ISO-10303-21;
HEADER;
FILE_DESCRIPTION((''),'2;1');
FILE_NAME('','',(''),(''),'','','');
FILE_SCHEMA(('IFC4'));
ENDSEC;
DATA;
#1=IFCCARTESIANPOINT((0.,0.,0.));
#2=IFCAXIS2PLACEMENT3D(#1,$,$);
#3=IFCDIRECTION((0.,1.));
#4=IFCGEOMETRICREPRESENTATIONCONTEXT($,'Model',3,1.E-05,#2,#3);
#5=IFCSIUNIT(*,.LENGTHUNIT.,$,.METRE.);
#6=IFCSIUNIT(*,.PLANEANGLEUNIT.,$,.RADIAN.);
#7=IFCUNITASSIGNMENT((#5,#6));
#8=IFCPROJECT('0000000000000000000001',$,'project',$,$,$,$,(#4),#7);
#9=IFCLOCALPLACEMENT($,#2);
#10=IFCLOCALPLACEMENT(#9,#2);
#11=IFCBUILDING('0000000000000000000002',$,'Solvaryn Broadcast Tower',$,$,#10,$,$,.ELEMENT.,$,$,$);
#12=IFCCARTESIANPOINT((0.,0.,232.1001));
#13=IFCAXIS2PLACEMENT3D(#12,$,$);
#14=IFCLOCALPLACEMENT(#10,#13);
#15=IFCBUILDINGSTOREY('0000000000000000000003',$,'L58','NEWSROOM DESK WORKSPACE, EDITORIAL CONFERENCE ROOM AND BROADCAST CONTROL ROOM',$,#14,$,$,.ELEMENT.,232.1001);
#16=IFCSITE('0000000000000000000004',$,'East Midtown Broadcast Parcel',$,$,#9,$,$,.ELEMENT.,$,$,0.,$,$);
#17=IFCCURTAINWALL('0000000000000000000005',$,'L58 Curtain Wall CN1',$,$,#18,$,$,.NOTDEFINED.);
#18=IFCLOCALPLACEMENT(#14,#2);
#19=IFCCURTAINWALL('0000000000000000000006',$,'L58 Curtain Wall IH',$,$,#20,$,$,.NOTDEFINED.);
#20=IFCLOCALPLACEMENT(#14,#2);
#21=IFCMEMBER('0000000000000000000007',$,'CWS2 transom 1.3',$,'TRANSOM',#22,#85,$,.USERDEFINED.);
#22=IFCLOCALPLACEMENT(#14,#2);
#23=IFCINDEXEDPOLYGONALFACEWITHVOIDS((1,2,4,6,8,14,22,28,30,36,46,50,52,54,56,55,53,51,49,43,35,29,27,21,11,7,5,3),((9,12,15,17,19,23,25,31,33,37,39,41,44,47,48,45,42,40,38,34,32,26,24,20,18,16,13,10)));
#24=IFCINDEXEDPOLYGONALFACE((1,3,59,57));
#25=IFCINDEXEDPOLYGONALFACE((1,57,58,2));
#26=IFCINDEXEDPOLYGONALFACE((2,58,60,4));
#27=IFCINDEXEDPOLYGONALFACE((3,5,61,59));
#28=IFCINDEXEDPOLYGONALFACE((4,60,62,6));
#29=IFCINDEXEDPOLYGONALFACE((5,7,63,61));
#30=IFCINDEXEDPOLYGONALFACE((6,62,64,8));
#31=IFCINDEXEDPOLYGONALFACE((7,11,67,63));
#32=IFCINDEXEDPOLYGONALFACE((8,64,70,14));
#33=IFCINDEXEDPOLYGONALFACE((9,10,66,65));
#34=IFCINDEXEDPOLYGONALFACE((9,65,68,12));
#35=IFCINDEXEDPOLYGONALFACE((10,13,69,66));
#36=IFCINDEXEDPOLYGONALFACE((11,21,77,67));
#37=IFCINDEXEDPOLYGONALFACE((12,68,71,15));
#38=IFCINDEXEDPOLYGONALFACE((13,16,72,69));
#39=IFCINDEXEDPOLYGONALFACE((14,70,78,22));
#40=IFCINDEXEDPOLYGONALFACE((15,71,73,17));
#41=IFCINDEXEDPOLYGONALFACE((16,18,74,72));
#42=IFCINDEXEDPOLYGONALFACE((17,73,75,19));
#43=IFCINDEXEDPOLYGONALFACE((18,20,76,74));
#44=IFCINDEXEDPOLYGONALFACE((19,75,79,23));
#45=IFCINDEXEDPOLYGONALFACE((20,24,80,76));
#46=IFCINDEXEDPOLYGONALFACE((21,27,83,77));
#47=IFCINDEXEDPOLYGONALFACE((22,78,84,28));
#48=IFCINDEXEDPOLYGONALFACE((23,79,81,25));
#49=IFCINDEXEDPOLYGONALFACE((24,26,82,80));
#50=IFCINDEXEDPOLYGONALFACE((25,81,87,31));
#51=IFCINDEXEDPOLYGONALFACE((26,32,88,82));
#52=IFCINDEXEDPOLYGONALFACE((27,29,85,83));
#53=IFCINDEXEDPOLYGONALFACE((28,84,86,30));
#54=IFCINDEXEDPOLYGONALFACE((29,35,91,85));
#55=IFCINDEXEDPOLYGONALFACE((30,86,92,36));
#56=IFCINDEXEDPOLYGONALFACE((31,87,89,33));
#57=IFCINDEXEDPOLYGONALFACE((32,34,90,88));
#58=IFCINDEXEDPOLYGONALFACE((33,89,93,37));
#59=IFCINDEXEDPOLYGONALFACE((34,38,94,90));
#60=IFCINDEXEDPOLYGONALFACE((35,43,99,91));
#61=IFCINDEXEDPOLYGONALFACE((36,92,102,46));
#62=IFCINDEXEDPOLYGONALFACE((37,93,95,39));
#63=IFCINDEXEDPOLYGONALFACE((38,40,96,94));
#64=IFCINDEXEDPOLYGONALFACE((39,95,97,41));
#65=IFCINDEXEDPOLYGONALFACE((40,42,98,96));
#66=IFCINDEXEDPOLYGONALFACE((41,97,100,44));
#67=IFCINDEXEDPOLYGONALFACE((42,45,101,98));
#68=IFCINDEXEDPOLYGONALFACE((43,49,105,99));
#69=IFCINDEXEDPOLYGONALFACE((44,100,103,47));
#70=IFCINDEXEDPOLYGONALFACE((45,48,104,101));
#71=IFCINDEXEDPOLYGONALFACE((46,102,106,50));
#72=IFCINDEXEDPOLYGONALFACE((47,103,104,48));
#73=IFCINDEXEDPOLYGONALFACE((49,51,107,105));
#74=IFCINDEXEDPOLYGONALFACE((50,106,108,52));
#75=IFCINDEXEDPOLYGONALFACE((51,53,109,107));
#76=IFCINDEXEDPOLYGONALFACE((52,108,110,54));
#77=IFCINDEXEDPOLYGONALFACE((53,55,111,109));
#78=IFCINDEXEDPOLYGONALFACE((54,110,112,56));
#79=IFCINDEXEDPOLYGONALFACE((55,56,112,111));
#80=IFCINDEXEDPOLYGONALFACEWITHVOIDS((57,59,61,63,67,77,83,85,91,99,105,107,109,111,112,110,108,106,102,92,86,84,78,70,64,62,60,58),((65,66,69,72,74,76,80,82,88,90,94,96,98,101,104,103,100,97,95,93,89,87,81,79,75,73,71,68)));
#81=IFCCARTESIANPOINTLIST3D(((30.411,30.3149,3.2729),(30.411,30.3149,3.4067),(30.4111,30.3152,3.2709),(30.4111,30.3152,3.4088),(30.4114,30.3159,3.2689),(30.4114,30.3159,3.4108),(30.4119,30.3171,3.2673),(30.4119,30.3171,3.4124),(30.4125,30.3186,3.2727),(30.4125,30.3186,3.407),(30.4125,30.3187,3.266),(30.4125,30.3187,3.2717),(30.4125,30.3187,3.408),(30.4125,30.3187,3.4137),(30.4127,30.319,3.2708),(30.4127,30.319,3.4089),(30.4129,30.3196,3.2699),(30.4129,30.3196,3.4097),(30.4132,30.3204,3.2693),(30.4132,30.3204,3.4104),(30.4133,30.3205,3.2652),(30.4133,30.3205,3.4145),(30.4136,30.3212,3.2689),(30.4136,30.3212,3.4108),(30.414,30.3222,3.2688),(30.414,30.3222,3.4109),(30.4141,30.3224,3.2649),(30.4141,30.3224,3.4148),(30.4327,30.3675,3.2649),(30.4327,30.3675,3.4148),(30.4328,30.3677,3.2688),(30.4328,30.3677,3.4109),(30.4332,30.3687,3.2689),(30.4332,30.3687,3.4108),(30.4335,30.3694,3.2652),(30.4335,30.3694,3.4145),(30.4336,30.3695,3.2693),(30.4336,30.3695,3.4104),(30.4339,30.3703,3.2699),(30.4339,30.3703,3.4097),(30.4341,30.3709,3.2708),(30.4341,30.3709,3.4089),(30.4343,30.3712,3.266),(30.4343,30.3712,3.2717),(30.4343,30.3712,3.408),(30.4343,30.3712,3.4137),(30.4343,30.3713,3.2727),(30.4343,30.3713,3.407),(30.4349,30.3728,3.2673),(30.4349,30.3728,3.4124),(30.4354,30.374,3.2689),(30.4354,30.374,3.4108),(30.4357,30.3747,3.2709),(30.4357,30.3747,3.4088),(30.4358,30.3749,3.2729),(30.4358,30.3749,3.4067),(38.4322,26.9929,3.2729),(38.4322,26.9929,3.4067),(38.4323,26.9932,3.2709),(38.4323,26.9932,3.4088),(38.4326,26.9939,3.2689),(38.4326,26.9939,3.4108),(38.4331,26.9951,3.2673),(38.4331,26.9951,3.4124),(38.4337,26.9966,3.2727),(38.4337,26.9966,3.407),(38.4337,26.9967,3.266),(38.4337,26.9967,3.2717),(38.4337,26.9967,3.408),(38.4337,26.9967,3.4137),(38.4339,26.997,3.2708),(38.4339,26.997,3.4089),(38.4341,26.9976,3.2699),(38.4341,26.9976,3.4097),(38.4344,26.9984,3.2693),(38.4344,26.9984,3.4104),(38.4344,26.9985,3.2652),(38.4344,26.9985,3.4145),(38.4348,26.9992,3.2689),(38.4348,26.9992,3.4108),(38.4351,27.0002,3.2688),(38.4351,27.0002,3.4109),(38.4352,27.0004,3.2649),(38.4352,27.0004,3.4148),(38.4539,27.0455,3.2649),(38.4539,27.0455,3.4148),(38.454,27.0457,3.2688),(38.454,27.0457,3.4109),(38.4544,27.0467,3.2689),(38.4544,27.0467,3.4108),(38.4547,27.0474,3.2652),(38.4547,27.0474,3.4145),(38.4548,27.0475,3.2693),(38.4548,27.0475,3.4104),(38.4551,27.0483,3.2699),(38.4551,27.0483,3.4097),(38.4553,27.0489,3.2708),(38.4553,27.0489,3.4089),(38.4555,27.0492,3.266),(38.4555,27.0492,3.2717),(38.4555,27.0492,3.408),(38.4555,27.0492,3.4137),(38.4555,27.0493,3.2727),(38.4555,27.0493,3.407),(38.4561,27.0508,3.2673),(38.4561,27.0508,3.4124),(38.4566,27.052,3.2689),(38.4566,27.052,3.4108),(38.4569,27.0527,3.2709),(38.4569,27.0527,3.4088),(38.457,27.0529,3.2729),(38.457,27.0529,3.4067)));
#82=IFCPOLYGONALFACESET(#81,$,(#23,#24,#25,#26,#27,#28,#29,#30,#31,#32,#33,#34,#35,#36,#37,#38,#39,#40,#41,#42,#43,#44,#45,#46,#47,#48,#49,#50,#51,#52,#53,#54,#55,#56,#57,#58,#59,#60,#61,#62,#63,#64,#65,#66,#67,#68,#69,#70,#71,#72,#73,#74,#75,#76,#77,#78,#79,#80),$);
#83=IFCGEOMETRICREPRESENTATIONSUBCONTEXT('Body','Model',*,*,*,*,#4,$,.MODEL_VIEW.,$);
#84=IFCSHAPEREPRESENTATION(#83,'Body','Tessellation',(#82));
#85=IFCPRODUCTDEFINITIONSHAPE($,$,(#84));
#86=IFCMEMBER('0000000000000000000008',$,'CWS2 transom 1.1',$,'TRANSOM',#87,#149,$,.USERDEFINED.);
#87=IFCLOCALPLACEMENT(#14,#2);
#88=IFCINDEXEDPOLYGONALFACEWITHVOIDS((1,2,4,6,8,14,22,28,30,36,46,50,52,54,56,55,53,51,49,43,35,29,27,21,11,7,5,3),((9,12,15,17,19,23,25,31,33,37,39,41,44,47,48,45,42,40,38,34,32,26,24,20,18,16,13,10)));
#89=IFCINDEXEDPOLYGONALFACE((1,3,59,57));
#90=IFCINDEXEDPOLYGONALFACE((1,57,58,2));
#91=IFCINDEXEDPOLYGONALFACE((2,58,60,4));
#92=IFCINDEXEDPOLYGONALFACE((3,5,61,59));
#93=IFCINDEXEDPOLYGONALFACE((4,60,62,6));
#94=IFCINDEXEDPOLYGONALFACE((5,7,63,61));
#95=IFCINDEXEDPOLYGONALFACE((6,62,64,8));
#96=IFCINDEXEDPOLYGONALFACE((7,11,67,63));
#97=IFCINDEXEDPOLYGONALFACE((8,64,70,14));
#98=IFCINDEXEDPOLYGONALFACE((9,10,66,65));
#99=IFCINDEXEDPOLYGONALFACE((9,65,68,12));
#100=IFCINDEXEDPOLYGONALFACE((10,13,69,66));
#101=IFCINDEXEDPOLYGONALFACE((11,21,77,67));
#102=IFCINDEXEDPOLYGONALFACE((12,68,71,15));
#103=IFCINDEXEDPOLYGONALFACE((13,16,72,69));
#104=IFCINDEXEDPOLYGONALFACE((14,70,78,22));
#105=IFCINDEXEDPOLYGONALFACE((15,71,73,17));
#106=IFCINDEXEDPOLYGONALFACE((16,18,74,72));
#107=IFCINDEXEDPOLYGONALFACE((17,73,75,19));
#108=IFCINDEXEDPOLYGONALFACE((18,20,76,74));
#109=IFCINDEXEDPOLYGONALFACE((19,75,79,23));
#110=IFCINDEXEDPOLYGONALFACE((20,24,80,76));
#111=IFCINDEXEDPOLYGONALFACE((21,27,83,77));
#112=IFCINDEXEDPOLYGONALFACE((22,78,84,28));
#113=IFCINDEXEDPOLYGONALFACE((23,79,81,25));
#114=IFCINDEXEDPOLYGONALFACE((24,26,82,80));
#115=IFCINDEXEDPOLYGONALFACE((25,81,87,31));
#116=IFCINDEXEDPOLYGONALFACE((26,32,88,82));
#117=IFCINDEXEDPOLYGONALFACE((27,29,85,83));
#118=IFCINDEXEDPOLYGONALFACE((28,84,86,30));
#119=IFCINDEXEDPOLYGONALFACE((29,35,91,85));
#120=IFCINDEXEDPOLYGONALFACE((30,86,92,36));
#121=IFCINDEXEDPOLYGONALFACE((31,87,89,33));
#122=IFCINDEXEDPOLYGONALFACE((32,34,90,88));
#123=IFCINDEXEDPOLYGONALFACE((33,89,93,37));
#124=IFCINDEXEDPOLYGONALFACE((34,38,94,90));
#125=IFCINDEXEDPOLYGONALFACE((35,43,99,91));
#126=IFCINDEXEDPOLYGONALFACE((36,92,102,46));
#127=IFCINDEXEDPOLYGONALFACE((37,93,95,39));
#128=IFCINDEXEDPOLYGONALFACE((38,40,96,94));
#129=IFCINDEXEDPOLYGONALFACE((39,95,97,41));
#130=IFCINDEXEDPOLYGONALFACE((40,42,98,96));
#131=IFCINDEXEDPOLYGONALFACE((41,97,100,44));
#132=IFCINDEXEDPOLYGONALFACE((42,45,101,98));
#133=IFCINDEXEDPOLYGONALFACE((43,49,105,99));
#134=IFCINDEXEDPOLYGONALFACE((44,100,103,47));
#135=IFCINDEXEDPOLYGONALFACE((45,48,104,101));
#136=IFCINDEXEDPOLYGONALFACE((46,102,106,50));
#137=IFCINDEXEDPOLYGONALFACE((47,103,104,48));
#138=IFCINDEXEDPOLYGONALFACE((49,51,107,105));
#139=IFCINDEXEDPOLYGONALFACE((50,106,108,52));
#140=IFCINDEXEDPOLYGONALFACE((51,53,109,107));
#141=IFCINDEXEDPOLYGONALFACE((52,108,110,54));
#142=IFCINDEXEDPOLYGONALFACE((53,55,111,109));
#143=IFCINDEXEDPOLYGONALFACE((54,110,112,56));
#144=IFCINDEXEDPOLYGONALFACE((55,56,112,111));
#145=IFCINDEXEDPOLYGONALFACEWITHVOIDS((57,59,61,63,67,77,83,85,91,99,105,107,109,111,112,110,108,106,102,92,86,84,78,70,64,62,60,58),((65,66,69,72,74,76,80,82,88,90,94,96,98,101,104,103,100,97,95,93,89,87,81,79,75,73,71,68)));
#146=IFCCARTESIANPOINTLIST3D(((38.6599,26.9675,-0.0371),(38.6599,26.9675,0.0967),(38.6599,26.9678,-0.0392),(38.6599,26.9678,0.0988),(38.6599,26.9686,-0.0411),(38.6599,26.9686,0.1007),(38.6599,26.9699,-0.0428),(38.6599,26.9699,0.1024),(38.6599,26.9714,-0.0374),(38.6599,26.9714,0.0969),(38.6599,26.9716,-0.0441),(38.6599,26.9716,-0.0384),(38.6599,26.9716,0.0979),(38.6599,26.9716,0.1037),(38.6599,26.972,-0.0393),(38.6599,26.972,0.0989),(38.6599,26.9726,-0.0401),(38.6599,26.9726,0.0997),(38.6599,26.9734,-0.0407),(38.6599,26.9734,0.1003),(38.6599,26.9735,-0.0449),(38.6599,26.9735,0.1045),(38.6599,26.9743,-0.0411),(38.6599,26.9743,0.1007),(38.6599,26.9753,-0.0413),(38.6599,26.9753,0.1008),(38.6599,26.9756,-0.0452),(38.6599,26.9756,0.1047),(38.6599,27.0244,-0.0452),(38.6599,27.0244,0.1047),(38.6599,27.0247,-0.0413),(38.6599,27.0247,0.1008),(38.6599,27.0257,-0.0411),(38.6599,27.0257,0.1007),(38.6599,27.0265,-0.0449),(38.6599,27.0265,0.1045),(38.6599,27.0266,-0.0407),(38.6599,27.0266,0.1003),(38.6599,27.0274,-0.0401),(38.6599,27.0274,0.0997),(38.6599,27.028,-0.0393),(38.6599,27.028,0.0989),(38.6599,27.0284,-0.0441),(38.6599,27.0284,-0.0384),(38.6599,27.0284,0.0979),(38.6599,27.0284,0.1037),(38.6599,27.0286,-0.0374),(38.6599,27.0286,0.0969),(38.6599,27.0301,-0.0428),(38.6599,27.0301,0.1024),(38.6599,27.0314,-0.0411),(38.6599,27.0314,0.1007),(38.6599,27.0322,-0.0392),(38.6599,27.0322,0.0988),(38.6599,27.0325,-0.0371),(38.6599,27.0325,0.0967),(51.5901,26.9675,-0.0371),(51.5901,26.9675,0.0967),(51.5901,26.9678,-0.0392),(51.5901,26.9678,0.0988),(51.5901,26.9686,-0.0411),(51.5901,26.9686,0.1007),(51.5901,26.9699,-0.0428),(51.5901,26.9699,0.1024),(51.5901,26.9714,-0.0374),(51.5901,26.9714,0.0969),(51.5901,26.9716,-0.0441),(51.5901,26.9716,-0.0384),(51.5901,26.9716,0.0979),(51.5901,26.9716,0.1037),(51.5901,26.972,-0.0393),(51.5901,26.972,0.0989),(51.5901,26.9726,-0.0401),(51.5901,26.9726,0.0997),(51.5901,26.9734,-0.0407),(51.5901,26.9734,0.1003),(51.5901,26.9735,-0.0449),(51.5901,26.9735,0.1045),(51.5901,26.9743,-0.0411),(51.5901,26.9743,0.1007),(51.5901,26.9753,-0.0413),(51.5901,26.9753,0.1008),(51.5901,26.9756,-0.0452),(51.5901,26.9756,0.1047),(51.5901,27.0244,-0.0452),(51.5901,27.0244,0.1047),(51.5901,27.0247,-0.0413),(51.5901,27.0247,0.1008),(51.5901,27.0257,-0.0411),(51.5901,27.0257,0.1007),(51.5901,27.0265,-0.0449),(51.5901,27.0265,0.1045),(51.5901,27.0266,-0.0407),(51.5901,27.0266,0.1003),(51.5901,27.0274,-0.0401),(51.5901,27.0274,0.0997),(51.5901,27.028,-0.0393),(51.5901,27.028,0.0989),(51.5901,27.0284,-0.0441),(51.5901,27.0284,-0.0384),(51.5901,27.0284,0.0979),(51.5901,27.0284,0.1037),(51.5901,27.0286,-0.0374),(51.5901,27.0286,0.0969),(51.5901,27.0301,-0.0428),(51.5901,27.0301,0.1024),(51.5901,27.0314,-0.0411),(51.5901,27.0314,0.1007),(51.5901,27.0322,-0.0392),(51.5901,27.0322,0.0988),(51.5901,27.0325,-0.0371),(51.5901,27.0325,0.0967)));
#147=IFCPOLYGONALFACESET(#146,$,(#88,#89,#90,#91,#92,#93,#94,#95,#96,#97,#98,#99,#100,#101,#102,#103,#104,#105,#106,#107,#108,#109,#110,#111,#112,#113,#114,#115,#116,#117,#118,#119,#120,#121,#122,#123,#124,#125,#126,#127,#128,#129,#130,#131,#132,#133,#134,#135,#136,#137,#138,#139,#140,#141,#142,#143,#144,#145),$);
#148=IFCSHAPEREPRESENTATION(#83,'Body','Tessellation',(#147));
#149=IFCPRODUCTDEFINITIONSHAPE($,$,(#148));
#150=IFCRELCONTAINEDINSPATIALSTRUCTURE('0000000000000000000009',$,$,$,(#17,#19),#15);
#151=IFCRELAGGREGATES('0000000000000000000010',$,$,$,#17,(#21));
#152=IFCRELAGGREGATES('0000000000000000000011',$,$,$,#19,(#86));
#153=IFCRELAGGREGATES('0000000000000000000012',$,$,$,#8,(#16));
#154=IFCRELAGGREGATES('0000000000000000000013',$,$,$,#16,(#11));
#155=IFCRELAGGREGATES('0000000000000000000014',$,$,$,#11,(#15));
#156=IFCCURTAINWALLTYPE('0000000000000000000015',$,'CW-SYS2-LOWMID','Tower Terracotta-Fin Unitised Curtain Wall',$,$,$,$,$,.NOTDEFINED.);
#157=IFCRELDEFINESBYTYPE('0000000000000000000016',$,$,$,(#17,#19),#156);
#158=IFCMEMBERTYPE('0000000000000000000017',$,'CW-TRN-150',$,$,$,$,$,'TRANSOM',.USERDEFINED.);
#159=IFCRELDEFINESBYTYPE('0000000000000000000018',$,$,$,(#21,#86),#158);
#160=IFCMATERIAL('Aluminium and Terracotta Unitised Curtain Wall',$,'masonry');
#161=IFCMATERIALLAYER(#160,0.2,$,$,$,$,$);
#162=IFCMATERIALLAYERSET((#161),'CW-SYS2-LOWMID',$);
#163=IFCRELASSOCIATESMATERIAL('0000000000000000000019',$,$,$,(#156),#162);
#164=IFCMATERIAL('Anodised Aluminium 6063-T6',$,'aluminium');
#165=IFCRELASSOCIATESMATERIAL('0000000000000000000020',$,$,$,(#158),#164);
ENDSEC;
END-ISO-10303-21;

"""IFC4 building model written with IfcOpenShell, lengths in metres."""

from ifc_helpers import new_model, si_unit, direction, frame, origin, origin_2d, place, context, subcontext, project, spatial, hollow_rectangle, extrude, material, layer, layer_set, material_profile, profile_set, type_object, element, aggregate, save


model = new_model("IFC4")

# Units and contexts
model_context = context("Model", 3, precision=1e-05, world=origin(), true_north=direction((0.0, 1.0)))
body_context = subcontext(model_context, "Body", "Model", "MODEL_VIEW")
ifc_project = project(units=[si_unit("LENGTHUNIT", "METRE"), si_unit("PLANEANGLEUNIT", "RADIAN")], contexts=[model_context])

# Site, building, storey
site_placement = place(None, origin())
site = spatial("IfcSite", under=ifc_project, at=site_placement, Name="East Midtown Broadcast Parcel", CompositionType="ELEMENT", RefElevation=0.0)
building_placement = place(site_placement, origin())
building = spatial("IfcBuilding", under=site, at=building_placement, Name="Solvaryn Broadcast Tower", CompositionType="ELEMENT")
storey_placement = place(building_placement, frame((0.0, 0.0, 232.1001)))
storey = spatial("IfcBuildingStorey", under=building, at=storey_placement, Name="L58", Description="NEWSROOM DESK WORKSPACE, EDITORIAL CONFERENCE ROOM AND BROADCAST CONTROL ROOM", CompositionType="ELEMENT", Elevation=232.1001)

# Curtain walls
ifc_material_1 = material(Name="Aluminium and Terracotta Unitised Curtain Wall", Category="masonry")
ifc_layer_1 = layer(ifc_material_1, 0.2)
ifc_layer_set_1 = layer_set([ifc_layer_1], Name="CW-SYS2-LOWMID")
curtain_wall_type = type_object("IfcCurtainWallType", Name="CW-SYS2-LOWMID", Description="Tower Terracotta-Fin Unitised Curtain Wall", PredefinedType="NOTDEFINED", material=ifc_layer_set_1)
curtain_wall_1_placement = place(storey_placement, origin())
curtain_wall_1 = element("IfcCurtainWall", 1, at=curtain_wall_1_placement, inside=storey, type_object=curtain_wall_type, Name="L58 Curtain Wall CN1", PredefinedType="NOTDEFINED")
curtain_wall_2_placement = place(storey_placement, origin())
curtain_wall_2 = element("IfcCurtainWall", 2, at=curtain_wall_2_placement, inside=storey, type_object=curtain_wall_type, Name="L58 Curtain Wall IH", PredefinedType="NOTDEFINED")

# Members
ifc_material_2 = material(Name="Anodised Aluminium 6063-T6", Category="aluminium")
ifc_material_profile_1 = material_profile(ifc_material_2, hollow_rectangle(XDim=0.0649, YDim=0.1499, WallThickness=0.0039, InnerFilletRadius=0.0039, OuterFilletRadius=0.0081, at=origin_2d()))
ifc_profile_set_1 = profile_set([ifc_material_profile_1], Name="Anodised Aluminium 6063-T6")
member_type_1 = type_object("IfcMemberType", Name="CW-TRN-150", ElementType="TRANSOM", PredefinedType="USERDEFINED", material=ifc_profile_set_1)
member_1_placement = place(storey_placement, frame((38.4446, 27.0229, 3.3398), z_axis=(-0.923899, 0.382636, 0.0), x_axis=(-0.382636, -0.923899, 0.0)))
member_1 = element("IfcMember", 3, at=member_1_placement, type_object=member_type_1, Name="CWS2 transom 1.3", ObjectType="TRANSOM", PredefinedType="USERDEFINED", context=body_context, shape_type="SweptSolid", body=[
    extrude(hollow_rectangle(XDim=0.0649, YDim=0.1499, WallThickness=0.0039, InnerFilletRadius=0.0039, OuterFilletRadius=0.0081, at=origin_2d()), origin(), (0.0, 0.0, 1.0), 8.6819),
])
aggregate(curtain_wall_1, [member_1])
member_2_placement = place(storey_placement, frame((38.6599, 27.0, 0.0298), z_axis=(1.0, 0.0, 0.0), x_axis=(0.0, 1.0, 0.0)))
member_2 = element("IfcMember", 4, at=member_2_placement, type_object=member_type_1, Name="CWS2 transom 1.1", ObjectType="TRANSOM", PredefinedType="USERDEFINED", context=body_context, shape_type="SweptSolid", body=[
    extrude(hollow_rectangle(XDim=0.0649, YDim=0.1499, WallThickness=0.0039, InnerFilletRadius=0.0039, OuterFilletRadius=0.0081, at=origin_2d()), origin(), (0.0, 0.0, 1.0), 12.9302),
])
aggregate(curtain_wall_2, [member_2])

save(model, "model.ifc")
